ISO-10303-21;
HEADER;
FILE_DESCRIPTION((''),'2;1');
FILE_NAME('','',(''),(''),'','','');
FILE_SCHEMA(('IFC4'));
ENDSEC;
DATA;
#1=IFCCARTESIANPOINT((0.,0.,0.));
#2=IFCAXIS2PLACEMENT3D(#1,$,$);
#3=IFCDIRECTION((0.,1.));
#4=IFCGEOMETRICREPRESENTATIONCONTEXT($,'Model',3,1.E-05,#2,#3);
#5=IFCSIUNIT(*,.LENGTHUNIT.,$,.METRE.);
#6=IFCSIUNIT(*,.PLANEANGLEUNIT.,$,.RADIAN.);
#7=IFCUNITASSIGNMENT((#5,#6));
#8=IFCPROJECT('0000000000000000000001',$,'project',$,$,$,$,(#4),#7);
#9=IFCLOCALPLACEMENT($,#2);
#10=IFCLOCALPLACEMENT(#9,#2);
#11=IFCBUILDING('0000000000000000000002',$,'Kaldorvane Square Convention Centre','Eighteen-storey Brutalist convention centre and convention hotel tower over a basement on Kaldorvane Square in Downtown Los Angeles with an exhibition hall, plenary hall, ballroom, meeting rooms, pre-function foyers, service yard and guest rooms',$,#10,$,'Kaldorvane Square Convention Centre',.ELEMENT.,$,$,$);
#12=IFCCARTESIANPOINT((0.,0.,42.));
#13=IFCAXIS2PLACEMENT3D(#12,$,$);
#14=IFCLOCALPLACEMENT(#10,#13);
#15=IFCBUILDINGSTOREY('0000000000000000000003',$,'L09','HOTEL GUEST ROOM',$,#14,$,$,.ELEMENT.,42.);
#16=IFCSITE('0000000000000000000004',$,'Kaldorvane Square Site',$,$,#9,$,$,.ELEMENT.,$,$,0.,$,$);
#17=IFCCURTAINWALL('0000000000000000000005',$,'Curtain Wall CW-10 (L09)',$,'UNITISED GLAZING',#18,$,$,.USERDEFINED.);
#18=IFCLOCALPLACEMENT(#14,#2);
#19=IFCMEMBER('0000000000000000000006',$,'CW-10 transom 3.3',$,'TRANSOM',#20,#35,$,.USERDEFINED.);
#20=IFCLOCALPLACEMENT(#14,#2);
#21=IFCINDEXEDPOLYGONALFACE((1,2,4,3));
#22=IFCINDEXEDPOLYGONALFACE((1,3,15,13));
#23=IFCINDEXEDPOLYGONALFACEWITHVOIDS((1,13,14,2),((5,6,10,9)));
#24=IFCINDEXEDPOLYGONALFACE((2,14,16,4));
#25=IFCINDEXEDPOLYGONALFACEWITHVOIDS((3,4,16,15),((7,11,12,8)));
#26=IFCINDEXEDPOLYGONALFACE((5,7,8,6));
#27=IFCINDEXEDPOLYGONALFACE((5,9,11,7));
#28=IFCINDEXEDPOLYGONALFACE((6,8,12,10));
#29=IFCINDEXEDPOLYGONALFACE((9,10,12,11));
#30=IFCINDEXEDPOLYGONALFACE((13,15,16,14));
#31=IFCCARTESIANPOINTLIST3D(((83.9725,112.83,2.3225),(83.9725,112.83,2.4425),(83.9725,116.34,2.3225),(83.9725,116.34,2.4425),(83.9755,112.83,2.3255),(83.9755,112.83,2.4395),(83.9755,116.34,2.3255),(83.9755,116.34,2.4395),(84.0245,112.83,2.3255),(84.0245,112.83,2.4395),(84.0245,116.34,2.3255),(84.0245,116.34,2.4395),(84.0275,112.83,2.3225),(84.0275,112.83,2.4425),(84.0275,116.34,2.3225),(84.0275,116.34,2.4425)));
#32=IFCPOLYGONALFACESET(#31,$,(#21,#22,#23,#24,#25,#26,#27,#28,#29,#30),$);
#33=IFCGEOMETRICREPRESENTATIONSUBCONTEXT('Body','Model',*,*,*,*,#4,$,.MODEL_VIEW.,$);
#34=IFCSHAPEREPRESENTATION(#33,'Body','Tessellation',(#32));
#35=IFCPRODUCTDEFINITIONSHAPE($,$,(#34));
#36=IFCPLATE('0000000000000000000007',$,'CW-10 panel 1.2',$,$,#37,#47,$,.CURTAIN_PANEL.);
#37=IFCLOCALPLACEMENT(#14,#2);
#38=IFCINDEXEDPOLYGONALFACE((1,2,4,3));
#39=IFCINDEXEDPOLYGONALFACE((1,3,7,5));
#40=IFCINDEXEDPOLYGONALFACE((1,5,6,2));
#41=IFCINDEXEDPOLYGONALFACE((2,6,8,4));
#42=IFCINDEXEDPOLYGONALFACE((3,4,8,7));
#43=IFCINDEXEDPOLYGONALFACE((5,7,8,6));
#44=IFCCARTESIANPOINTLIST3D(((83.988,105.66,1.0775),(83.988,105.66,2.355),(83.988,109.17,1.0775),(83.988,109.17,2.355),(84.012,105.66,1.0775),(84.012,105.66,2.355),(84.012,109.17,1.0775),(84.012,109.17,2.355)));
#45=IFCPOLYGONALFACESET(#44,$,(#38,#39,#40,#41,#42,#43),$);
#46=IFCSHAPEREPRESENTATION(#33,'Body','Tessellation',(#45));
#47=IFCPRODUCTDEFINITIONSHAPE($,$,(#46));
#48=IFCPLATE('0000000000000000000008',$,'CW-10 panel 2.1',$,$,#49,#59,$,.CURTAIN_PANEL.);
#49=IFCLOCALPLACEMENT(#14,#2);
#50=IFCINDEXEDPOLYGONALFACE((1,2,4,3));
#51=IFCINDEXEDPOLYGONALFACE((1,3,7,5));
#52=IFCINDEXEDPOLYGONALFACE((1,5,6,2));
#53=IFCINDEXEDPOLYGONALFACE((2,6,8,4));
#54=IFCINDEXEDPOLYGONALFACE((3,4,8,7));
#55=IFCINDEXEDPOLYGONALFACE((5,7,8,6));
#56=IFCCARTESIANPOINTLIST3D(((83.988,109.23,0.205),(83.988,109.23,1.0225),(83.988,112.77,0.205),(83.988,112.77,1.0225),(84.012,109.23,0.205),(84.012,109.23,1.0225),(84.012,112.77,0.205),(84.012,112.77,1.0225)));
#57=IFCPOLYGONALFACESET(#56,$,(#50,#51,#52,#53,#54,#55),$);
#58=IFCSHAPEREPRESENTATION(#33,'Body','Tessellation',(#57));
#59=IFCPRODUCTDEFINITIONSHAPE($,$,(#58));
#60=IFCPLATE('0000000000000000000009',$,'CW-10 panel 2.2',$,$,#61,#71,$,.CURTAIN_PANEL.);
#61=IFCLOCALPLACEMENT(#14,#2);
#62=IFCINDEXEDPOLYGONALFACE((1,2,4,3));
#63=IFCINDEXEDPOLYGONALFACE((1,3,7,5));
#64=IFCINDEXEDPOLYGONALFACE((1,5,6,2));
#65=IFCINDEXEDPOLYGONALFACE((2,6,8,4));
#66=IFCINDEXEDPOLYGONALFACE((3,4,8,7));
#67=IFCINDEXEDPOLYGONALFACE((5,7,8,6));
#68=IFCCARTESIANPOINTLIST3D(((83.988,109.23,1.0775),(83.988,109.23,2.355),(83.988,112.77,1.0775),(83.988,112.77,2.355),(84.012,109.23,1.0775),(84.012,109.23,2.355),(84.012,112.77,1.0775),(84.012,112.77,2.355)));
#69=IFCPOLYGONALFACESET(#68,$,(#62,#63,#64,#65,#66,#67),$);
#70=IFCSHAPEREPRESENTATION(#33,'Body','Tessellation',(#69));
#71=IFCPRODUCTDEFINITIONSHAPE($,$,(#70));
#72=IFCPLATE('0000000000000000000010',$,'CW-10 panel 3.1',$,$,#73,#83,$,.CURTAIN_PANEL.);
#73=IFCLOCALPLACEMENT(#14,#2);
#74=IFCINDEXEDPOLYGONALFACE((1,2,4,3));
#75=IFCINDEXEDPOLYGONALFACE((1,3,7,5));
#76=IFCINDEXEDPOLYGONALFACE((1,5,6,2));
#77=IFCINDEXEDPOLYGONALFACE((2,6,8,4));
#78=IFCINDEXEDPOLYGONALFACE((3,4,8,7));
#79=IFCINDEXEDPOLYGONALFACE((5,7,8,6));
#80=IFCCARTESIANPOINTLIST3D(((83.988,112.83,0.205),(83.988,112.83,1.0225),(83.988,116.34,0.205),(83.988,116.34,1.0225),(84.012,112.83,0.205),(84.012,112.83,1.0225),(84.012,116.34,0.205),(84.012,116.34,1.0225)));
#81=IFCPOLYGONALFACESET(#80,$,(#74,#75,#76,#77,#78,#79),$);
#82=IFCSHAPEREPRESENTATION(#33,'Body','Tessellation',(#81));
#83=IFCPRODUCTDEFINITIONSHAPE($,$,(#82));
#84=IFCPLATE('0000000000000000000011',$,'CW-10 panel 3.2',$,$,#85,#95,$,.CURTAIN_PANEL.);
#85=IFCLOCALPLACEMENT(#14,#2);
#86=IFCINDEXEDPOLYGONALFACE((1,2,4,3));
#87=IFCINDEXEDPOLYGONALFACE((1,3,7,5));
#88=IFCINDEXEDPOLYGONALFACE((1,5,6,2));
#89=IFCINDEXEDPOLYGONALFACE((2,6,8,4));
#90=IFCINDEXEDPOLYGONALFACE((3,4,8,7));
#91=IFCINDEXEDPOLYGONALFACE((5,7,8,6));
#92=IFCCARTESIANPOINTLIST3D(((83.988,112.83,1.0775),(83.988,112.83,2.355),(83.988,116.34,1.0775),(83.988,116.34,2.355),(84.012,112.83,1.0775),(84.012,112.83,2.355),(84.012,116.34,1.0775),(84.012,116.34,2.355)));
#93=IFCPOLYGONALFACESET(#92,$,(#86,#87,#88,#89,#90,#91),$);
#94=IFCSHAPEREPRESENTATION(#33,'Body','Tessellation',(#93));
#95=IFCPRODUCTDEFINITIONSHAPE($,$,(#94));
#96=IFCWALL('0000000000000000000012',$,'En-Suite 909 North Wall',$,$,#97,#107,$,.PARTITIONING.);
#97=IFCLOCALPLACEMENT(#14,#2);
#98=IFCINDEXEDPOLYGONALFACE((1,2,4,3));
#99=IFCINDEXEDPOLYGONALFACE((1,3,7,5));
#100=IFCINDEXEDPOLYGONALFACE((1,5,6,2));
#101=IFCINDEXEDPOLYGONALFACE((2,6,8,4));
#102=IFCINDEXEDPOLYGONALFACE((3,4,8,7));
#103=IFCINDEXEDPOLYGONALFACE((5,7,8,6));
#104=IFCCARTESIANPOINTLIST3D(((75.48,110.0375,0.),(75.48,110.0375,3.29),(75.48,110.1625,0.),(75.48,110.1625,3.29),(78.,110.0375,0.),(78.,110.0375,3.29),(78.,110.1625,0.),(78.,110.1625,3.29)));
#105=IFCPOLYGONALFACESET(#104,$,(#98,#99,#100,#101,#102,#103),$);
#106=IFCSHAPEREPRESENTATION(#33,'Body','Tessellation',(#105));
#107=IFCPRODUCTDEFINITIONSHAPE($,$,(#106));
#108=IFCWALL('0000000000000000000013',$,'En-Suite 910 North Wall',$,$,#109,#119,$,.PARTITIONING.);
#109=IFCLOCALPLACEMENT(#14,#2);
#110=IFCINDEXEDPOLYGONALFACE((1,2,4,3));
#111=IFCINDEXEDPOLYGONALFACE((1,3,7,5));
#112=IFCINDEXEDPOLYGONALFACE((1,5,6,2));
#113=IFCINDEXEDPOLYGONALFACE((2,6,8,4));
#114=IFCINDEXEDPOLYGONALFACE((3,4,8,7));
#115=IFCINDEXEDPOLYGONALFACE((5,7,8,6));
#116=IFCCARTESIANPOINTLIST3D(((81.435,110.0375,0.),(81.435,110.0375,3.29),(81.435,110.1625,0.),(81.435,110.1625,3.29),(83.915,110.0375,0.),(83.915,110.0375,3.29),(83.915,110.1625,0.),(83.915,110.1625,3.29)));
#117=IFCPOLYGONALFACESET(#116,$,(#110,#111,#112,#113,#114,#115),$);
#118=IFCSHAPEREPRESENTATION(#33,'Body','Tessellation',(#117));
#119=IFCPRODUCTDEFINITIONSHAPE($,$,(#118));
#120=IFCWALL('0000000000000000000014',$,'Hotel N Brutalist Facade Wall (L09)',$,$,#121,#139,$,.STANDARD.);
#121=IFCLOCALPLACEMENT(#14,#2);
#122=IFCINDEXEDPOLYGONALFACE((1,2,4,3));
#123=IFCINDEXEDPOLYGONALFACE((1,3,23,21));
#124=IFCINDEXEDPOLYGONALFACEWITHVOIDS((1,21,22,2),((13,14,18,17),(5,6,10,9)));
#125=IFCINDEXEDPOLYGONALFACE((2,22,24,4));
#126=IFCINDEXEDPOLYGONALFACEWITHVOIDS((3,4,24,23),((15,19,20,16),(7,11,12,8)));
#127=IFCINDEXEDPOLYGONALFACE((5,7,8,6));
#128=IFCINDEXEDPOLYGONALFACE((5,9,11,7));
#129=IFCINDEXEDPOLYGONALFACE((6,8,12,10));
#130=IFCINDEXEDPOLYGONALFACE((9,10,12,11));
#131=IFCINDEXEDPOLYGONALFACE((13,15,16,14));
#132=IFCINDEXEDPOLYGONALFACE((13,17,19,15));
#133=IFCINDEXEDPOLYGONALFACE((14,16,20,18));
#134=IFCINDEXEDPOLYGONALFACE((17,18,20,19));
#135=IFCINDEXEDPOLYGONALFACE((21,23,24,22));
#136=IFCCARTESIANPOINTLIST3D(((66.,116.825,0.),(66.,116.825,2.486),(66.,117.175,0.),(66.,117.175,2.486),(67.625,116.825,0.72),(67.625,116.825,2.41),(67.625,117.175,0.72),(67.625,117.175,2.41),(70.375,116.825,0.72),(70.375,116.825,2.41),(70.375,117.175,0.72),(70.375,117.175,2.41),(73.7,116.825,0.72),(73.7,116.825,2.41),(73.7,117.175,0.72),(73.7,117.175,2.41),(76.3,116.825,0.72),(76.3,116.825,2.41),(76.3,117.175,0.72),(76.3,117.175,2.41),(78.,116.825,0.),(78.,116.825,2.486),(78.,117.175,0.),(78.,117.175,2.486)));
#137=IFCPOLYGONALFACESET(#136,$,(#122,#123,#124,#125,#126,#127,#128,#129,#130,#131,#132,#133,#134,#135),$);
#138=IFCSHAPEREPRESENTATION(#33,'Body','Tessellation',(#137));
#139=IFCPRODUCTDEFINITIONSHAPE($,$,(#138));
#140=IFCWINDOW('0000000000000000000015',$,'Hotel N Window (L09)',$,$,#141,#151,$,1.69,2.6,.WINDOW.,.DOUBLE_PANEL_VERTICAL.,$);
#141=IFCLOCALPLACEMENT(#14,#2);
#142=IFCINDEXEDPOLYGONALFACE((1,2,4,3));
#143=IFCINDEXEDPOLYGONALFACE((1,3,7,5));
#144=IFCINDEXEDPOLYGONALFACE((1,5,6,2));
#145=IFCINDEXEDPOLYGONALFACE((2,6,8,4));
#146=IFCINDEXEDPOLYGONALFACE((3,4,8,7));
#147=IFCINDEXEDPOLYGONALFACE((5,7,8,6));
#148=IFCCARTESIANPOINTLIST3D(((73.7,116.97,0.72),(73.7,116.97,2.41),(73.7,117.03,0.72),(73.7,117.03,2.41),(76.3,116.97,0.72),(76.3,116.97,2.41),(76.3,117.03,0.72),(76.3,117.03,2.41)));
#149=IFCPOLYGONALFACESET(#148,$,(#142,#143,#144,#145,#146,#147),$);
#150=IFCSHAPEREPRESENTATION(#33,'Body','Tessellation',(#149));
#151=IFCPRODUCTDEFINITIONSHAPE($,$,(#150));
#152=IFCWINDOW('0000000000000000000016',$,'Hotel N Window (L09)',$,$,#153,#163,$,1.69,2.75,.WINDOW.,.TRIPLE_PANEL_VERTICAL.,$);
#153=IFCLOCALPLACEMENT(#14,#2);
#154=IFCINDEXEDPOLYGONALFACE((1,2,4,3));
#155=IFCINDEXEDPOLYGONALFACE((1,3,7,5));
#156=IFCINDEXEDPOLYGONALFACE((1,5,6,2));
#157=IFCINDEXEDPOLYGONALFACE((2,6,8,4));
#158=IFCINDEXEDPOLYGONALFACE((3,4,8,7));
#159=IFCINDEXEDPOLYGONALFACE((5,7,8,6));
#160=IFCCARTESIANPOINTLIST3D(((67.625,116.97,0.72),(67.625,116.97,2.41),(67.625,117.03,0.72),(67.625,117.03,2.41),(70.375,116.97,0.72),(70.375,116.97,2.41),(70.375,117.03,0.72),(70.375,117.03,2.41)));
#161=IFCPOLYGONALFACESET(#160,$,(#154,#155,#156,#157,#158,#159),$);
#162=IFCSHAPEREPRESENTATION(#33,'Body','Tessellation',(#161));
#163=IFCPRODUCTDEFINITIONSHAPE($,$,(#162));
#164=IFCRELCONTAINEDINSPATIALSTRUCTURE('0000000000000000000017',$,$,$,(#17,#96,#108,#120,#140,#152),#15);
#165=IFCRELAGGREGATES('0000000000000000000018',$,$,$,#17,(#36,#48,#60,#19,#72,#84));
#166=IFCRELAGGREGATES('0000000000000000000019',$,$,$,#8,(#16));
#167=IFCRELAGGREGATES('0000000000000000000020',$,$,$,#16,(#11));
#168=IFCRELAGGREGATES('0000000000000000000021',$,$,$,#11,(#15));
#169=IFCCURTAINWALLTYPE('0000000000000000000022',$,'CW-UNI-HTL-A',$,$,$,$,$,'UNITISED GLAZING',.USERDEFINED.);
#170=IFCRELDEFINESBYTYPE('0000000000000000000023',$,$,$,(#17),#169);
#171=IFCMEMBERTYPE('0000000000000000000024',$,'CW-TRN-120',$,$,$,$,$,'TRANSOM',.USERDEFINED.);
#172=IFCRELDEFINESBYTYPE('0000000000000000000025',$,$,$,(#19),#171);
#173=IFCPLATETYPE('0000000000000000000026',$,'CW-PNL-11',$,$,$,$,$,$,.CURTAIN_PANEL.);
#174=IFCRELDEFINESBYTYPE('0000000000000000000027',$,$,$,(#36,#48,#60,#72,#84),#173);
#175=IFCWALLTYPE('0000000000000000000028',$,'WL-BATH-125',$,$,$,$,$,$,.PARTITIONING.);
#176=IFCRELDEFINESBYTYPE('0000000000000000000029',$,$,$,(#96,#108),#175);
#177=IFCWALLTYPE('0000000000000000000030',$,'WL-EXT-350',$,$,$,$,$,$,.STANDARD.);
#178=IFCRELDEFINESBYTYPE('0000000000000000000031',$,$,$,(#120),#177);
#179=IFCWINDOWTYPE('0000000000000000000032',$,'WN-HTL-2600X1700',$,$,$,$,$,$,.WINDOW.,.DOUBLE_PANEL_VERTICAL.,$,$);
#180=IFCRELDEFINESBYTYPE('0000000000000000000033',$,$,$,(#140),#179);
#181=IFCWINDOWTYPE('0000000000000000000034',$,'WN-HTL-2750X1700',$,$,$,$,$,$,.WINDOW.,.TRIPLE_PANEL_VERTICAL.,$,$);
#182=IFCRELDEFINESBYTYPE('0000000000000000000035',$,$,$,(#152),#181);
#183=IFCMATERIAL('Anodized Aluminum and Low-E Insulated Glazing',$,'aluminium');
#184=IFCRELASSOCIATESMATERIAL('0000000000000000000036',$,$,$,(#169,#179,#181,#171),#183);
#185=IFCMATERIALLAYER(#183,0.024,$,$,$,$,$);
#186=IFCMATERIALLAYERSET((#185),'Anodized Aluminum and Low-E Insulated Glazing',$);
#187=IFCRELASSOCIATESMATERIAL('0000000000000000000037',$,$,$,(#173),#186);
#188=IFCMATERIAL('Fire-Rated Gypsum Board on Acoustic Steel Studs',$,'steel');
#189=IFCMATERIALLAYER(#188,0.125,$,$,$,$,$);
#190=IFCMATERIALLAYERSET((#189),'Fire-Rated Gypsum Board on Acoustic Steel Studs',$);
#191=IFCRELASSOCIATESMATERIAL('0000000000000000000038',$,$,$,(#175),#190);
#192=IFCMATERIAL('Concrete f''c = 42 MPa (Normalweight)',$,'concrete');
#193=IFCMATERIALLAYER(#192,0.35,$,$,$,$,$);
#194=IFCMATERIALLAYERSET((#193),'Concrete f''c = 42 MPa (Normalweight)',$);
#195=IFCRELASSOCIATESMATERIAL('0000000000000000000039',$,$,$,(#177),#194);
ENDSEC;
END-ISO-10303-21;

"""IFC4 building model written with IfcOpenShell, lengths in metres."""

from ifc_helpers import new_model, si_unit, direction, frame, frame_2d, origin, origin_2d, place, context, subcontext, project, spatial, rectangle, hollow_rectangle, extrude, material, layer, layer_set, material_profile, profile_set, type_object, element, fill, aggregate, save


model = new_model("IFC4")

# Units and contexts
model_context = context("Model", 3, precision=1e-05, world=origin(), true_north=direction((0.0, 1.0)))
body_context = subcontext(model_context, "Body", "Model", "MODEL_VIEW")
ifc_project = project(units=[si_unit("LENGTHUNIT", "METRE"), si_unit("PLANEANGLEUNIT", "RADIAN")], contexts=[model_context])

# Site, building, storey
site_placement = place(None, origin())
site = spatial("IfcSite", under=ifc_project, at=site_placement, Name="Kaldorvane Square Site", CompositionType="ELEMENT", RefElevation=0.0)
building_placement = place(site_placement, origin())
building = spatial("IfcBuilding", under=site, at=building_placement, Name="Kaldorvane Square Convention Centre", Description="Eighteen-storey Brutalist convention centre and convention hotel tower over a basement on Kaldorvane Square in Downtown Los Angeles with an exhibition hall, plenary hall, ballroom, meeting rooms, pre-function foyers, service yard and guest rooms", LongName="Kaldorvane Square Convention Centre", CompositionType="ELEMENT")
storey_placement = place(building_placement, frame((0.0, 0.0, 42.0)))
storey = spatial("IfcBuildingStorey", under=building, at=storey_placement, Name="L09", Description="HOTEL GUEST ROOM", CompositionType="ELEMENT", Elevation=42.0)

# Shared definitions
ifc_material_1 = material(Name="Concrete f'c = 42 MPa (Normalweight)", Category="concrete")

# Curtain wall, member, plates
ifc_material_2 = material(Name="Anodized Aluminum and Low-E Insulated Glazing", Category="aluminium")
curtain_wall_type = type_object("IfcCurtainWallType", Name="CW-UNI-HTL-A", ElementType="UNITISED GLAZING", PredefinedType="USERDEFINED", material=ifc_material_2)
curtain_wall_placement = place(storey_placement, origin())
curtain_wall = element("IfcCurtainWall", 1, at=curtain_wall_placement, inside=storey, type_object=curtain_wall_type, Name="Curtain Wall CW-10 (L09)", ObjectType="UNITISED GLAZING", PredefinedType="USERDEFINED")
ifc_material_profile_1 = material_profile(ifc_material_2, hollow_rectangle(XDim=0.055, YDim=0.12, WallThickness=0.003, at=origin_2d()), Name="CWT-120X55")
ifc_profile_set_1 = profile_set([ifc_material_profile_1], Name="Anodized Aluminum and Low-E Insulated Glazing")
member_type_1 = type_object("IfcMemberType", Name="CW-TRN-120", ElementType="TRANSOM", PredefinedType="USERDEFINED", material=ifc_profile_set_1)
member_1_placement = place(storey_placement, frame((84.0, 112.83, 2.3825), z_axis=(0.0, 1.0, 0.0), x_axis=(-1.0, 0.0, 0.0)))
member_1 = element("IfcMember", 2, at=member_1_placement, type_object=member_type_1, Name="CW-10 transom 3.3", ObjectType="TRANSOM", PredefinedType="USERDEFINED", context=body_context, shape_type="SweptSolid", body=[
    extrude(hollow_rectangle(XDim=0.055, YDim=0.12, WallThickness=0.003, at=origin_2d()), origin(), (0.0, 0.0, 1.0), 3.51),
])
ifc_layer_1 = layer(ifc_material_2, 0.024)
ifc_layer_set_1 = layer_set([ifc_layer_1], Name="Anodized Aluminum and Low-E Insulated Glazing")
plate_type = type_object("IfcPlateType", Name="CW-PNL-11", PredefinedType="CURTAIN_PANEL", material=ifc_layer_set_1)
plate_1_placement = place(storey_placement, frame((84.0, 107.415, 1.0775), z_axis=(0.0, 0.0, 1.0), x_axis=(0.0, 1.0, 0.0)))
plate_1 = element("IfcPlate", 3, at=plate_1_placement, type_object=plate_type, Name="CW-10 panel 1.2", PredefinedType="CURTAIN_PANEL", context=body_context, shape_type="SweptSolid", body=[
    extrude(rectangle(XDim=3.51, YDim=0.024, at=origin_2d()), origin(), (0.0, 0.0, 1.0), 1.2775),
])
plate_2_placement = place(storey_placement, frame((84.0, 111.0, 0.205), z_axis=(0.0, 0.0, 1.0), x_axis=(0.0, 1.0, 0.0)))
plate_2 = element("IfcPlate", 4, at=plate_2_placement, type_object=plate_type, Name="CW-10 panel 2.1", PredefinedType="CURTAIN_PANEL", context=body_context, shape_type="SweptSolid", body=[
    extrude(rectangle(XDim=3.54, YDim=0.024, at=origin_2d()), origin(), (0.0, 0.0, 1.0), 0.8175),
])
plate_3_placement = place(storey_placement, frame((84.0, 111.0, 1.0775), z_axis=(0.0, 0.0, 1.0), x_axis=(0.0, 1.0, 0.0)))
plate_3 = element("IfcPlate", 5, at=plate_3_placement, type_object=plate_type, Name="CW-10 panel 2.2", PredefinedType="CURTAIN_PANEL", context=body_context, shape_type="SweptSolid", body=[
    extrude(rectangle(XDim=3.54, YDim=0.024, at=origin_2d()), origin(), (0.0, 0.0, 1.0), 1.2775),
])
plate_4_placement = place(storey_placement, frame((84.0, 114.585, 0.205), z_axis=(0.0, 0.0, 1.0), x_axis=(0.0, 1.0, 0.0)))
plate_4 = element("IfcPlate", 6, at=plate_4_placement, type_object=plate_type, Name="CW-10 panel 3.1", PredefinedType="CURTAIN_PANEL", context=body_context, shape_type="SweptSolid", body=[
    extrude(rectangle(XDim=3.51, YDim=0.024, at=origin_2d()), origin(), (0.0, 0.0, 1.0), 0.8175),
])
plate_5_placement = place(storey_placement, frame((84.0, 114.585, 1.0775), z_axis=(0.0, 0.0, 1.0), x_axis=(0.0, 1.0, 0.0)))
plate_5 = element("IfcPlate", 7, at=plate_5_placement, type_object=plate_type, Name="CW-10 panel 3.2", PredefinedType="CURTAIN_PANEL", context=body_context, shape_type="SweptSolid", body=[
    extrude(rectangle(XDim=3.51, YDim=0.024, at=origin_2d()), origin(), (0.0, 0.0, 1.0), 1.2775),
])
aggregate(curtain_wall, [plate_1, plate_2, plate_3, member_1, plate_4, plate_5])

# Walls
ifc_material_3 = material(Name="Fire-Rated Gypsum Board on Acoustic Steel Studs", Category="steel")
ifc_layer_2 = layer(ifc_material_3, 0.125)
ifc_layer_set_2 = layer_set([ifc_layer_2], Name="Fire-Rated Gypsum Board on Acoustic Steel Studs")
wall_type_1 = type_object("IfcWallType", Name="WL-BATH-125", PredefinedType="PARTITIONING", material=ifc_layer_set_2)
wall_1_placement = place(storey_placement, frame((75.48, 110.1, 0.0), z_axis=(0.0, 0.0, 1.0), x_axis=(1.0, 0.0, 0.0)))
element("IfcWall", 8, at=wall_1_placement, inside=storey, type_object=wall_type_1, Name="En-Suite 909 North Wall", PredefinedType="PARTITIONING", context=body_context, shape_type="SweptSolid", body=[
    extrude(rectangle(XDim=2.52, YDim=0.125, at=frame_2d((1.26, 0.0))), origin(), (0.0, 0.0, 1.0), 3.29),
])
wall_2_placement = place(storey_placement, frame((81.435, 110.1, 0.0), z_axis=(0.0, 0.0, 1.0), x_axis=(1.0, 0.0, 0.0)))
element("IfcWall", 9, at=wall_2_placement, inside=storey, type_object=wall_type_1, Name="En-Suite 910 North Wall", PredefinedType="PARTITIONING", context=body_context, shape_type="SweptSolid", body=[
    extrude(rectangle(XDim=2.48, YDim=0.125, at=frame_2d((1.24, 0.0))), origin(), (0.0, 0.0, 1.0), 3.29),
])

# Wall, openings, windows
ifc_layer_3 = layer(ifc_material_1, 0.35)
ifc_layer_set_3 = layer_set([ifc_layer_3], Name="Concrete f'c = 42 MPa (Normalweight)")
wall_type_2 = type_object("IfcWallType", Name="WL-EXT-350", PredefinedType="STANDARD", material=ifc_layer_set_3)
wall_3_placement = place(storey_placement, frame((78.0, 117.0, 0.0), z_axis=(0.0, 0.0, 1.0), x_axis=(-1.0, 0.0, 0.0)))
wall_3 = element("IfcWall", 10, at=wall_3_placement, inside=storey, type_object=wall_type_2, Name="Hotel N Brutalist Facade Wall (L09)", PredefinedType="STANDARD", context=body_context, shape_type="SweptSolid", body=[
    extrude(rectangle(XDim=12.0, YDim=0.35, at=frame_2d((6.0, 0.0))), origin(), (0.0, 0.0, 1.0), 2.486),
])
opening_1_placement = place(wall_3_placement, frame((1.7, 0.0, 0.72)))
opening_1 = element("IfcOpeningElement", 11, at=opening_1_placement, cuts=wall_3, PredefinedType="OPENING", context=body_context, shape_type="SweptSolid", body=[
    extrude(rectangle(XDim=2.6, YDim=1.69, at=frame_2d((1.3, 0.845))), frame((0.0, 0.19, 0.0), z_axis=(0.0, -1.0, 0.0), x_axis=(1.0, 0.0, 0.0)), (0.0, 0.0, 1.0), 0.38),
])
opening_2_placement = place(wall_3_placement, frame((7.625, 0.0, 0.72)))
opening_2 = element("IfcOpeningElement", 12, at=opening_2_placement, cuts=wall_3, PredefinedType="OPENING", context=body_context, shape_type="SweptSolid", body=[
    extrude(rectangle(XDim=2.75, YDim=1.69, at=frame_2d((1.375, 0.845))), frame((0.0, 0.19, 0.0), z_axis=(0.0, -1.0, 0.0), x_axis=(1.0, 0.0, 0.0)), (0.0, 0.0, 1.0), 0.38),
])
window_type_1 = type_object("IfcWindowType", Name="WN-HTL-2600X1700", PartitioningType="DOUBLE_PANEL_VERTICAL", PredefinedType="WINDOW", material=ifc_material_2)
window_1_placement = place(opening_1_placement, origin())
window_1 = element("IfcWindow", 13, at=window_1_placement, inside=storey, type_object=window_type_1, Name="Hotel N Window (L09)", OverallHeight=1.69, OverallWidth=2.6, PartitioningType="DOUBLE_PANEL_VERTICAL", PredefinedType="WINDOW", context=body_context, shape_type="SweptSolid", body=[
    extrude(rectangle(XDim=2.6, YDim=1.69, at=frame_2d((1.3, 0.845))), frame((0.0, 0.03, 0.0), z_axis=(0.0, -1.0, 0.0), x_axis=(1.0, 0.0, 0.0)), (0.0, 0.0, 1.0), 0.06),
])
fill(opening_1, window_1)
window_type_2 = type_object("IfcWindowType", Name="WN-HTL-2750X1700", PartitioningType="TRIPLE_PANEL_VERTICAL", PredefinedType="WINDOW", material=ifc_material_2)
window_2_placement = place(opening_2_placement, origin())
window_2 = element("IfcWindow", 14, at=window_2_placement, inside=storey, type_object=window_type_2, Name="Hotel N Window (L09)", OverallHeight=1.69, OverallWidth=2.75, PartitioningType="TRIPLE_PANEL_VERTICAL", PredefinedType="WINDOW", context=body_context, shape_type="SweptSolid", body=[
    extrude(rectangle(XDim=2.75, YDim=1.69, at=frame_2d((1.375, 0.845))), frame((0.0, 0.03, 0.0), z_axis=(0.0, -1.0, 0.0), x_axis=(1.0, 0.0, 0.0)), (0.0, 0.0, 1.0), 0.06),
])
fill(opening_2, window_2)

save(model, "model.ifc")
